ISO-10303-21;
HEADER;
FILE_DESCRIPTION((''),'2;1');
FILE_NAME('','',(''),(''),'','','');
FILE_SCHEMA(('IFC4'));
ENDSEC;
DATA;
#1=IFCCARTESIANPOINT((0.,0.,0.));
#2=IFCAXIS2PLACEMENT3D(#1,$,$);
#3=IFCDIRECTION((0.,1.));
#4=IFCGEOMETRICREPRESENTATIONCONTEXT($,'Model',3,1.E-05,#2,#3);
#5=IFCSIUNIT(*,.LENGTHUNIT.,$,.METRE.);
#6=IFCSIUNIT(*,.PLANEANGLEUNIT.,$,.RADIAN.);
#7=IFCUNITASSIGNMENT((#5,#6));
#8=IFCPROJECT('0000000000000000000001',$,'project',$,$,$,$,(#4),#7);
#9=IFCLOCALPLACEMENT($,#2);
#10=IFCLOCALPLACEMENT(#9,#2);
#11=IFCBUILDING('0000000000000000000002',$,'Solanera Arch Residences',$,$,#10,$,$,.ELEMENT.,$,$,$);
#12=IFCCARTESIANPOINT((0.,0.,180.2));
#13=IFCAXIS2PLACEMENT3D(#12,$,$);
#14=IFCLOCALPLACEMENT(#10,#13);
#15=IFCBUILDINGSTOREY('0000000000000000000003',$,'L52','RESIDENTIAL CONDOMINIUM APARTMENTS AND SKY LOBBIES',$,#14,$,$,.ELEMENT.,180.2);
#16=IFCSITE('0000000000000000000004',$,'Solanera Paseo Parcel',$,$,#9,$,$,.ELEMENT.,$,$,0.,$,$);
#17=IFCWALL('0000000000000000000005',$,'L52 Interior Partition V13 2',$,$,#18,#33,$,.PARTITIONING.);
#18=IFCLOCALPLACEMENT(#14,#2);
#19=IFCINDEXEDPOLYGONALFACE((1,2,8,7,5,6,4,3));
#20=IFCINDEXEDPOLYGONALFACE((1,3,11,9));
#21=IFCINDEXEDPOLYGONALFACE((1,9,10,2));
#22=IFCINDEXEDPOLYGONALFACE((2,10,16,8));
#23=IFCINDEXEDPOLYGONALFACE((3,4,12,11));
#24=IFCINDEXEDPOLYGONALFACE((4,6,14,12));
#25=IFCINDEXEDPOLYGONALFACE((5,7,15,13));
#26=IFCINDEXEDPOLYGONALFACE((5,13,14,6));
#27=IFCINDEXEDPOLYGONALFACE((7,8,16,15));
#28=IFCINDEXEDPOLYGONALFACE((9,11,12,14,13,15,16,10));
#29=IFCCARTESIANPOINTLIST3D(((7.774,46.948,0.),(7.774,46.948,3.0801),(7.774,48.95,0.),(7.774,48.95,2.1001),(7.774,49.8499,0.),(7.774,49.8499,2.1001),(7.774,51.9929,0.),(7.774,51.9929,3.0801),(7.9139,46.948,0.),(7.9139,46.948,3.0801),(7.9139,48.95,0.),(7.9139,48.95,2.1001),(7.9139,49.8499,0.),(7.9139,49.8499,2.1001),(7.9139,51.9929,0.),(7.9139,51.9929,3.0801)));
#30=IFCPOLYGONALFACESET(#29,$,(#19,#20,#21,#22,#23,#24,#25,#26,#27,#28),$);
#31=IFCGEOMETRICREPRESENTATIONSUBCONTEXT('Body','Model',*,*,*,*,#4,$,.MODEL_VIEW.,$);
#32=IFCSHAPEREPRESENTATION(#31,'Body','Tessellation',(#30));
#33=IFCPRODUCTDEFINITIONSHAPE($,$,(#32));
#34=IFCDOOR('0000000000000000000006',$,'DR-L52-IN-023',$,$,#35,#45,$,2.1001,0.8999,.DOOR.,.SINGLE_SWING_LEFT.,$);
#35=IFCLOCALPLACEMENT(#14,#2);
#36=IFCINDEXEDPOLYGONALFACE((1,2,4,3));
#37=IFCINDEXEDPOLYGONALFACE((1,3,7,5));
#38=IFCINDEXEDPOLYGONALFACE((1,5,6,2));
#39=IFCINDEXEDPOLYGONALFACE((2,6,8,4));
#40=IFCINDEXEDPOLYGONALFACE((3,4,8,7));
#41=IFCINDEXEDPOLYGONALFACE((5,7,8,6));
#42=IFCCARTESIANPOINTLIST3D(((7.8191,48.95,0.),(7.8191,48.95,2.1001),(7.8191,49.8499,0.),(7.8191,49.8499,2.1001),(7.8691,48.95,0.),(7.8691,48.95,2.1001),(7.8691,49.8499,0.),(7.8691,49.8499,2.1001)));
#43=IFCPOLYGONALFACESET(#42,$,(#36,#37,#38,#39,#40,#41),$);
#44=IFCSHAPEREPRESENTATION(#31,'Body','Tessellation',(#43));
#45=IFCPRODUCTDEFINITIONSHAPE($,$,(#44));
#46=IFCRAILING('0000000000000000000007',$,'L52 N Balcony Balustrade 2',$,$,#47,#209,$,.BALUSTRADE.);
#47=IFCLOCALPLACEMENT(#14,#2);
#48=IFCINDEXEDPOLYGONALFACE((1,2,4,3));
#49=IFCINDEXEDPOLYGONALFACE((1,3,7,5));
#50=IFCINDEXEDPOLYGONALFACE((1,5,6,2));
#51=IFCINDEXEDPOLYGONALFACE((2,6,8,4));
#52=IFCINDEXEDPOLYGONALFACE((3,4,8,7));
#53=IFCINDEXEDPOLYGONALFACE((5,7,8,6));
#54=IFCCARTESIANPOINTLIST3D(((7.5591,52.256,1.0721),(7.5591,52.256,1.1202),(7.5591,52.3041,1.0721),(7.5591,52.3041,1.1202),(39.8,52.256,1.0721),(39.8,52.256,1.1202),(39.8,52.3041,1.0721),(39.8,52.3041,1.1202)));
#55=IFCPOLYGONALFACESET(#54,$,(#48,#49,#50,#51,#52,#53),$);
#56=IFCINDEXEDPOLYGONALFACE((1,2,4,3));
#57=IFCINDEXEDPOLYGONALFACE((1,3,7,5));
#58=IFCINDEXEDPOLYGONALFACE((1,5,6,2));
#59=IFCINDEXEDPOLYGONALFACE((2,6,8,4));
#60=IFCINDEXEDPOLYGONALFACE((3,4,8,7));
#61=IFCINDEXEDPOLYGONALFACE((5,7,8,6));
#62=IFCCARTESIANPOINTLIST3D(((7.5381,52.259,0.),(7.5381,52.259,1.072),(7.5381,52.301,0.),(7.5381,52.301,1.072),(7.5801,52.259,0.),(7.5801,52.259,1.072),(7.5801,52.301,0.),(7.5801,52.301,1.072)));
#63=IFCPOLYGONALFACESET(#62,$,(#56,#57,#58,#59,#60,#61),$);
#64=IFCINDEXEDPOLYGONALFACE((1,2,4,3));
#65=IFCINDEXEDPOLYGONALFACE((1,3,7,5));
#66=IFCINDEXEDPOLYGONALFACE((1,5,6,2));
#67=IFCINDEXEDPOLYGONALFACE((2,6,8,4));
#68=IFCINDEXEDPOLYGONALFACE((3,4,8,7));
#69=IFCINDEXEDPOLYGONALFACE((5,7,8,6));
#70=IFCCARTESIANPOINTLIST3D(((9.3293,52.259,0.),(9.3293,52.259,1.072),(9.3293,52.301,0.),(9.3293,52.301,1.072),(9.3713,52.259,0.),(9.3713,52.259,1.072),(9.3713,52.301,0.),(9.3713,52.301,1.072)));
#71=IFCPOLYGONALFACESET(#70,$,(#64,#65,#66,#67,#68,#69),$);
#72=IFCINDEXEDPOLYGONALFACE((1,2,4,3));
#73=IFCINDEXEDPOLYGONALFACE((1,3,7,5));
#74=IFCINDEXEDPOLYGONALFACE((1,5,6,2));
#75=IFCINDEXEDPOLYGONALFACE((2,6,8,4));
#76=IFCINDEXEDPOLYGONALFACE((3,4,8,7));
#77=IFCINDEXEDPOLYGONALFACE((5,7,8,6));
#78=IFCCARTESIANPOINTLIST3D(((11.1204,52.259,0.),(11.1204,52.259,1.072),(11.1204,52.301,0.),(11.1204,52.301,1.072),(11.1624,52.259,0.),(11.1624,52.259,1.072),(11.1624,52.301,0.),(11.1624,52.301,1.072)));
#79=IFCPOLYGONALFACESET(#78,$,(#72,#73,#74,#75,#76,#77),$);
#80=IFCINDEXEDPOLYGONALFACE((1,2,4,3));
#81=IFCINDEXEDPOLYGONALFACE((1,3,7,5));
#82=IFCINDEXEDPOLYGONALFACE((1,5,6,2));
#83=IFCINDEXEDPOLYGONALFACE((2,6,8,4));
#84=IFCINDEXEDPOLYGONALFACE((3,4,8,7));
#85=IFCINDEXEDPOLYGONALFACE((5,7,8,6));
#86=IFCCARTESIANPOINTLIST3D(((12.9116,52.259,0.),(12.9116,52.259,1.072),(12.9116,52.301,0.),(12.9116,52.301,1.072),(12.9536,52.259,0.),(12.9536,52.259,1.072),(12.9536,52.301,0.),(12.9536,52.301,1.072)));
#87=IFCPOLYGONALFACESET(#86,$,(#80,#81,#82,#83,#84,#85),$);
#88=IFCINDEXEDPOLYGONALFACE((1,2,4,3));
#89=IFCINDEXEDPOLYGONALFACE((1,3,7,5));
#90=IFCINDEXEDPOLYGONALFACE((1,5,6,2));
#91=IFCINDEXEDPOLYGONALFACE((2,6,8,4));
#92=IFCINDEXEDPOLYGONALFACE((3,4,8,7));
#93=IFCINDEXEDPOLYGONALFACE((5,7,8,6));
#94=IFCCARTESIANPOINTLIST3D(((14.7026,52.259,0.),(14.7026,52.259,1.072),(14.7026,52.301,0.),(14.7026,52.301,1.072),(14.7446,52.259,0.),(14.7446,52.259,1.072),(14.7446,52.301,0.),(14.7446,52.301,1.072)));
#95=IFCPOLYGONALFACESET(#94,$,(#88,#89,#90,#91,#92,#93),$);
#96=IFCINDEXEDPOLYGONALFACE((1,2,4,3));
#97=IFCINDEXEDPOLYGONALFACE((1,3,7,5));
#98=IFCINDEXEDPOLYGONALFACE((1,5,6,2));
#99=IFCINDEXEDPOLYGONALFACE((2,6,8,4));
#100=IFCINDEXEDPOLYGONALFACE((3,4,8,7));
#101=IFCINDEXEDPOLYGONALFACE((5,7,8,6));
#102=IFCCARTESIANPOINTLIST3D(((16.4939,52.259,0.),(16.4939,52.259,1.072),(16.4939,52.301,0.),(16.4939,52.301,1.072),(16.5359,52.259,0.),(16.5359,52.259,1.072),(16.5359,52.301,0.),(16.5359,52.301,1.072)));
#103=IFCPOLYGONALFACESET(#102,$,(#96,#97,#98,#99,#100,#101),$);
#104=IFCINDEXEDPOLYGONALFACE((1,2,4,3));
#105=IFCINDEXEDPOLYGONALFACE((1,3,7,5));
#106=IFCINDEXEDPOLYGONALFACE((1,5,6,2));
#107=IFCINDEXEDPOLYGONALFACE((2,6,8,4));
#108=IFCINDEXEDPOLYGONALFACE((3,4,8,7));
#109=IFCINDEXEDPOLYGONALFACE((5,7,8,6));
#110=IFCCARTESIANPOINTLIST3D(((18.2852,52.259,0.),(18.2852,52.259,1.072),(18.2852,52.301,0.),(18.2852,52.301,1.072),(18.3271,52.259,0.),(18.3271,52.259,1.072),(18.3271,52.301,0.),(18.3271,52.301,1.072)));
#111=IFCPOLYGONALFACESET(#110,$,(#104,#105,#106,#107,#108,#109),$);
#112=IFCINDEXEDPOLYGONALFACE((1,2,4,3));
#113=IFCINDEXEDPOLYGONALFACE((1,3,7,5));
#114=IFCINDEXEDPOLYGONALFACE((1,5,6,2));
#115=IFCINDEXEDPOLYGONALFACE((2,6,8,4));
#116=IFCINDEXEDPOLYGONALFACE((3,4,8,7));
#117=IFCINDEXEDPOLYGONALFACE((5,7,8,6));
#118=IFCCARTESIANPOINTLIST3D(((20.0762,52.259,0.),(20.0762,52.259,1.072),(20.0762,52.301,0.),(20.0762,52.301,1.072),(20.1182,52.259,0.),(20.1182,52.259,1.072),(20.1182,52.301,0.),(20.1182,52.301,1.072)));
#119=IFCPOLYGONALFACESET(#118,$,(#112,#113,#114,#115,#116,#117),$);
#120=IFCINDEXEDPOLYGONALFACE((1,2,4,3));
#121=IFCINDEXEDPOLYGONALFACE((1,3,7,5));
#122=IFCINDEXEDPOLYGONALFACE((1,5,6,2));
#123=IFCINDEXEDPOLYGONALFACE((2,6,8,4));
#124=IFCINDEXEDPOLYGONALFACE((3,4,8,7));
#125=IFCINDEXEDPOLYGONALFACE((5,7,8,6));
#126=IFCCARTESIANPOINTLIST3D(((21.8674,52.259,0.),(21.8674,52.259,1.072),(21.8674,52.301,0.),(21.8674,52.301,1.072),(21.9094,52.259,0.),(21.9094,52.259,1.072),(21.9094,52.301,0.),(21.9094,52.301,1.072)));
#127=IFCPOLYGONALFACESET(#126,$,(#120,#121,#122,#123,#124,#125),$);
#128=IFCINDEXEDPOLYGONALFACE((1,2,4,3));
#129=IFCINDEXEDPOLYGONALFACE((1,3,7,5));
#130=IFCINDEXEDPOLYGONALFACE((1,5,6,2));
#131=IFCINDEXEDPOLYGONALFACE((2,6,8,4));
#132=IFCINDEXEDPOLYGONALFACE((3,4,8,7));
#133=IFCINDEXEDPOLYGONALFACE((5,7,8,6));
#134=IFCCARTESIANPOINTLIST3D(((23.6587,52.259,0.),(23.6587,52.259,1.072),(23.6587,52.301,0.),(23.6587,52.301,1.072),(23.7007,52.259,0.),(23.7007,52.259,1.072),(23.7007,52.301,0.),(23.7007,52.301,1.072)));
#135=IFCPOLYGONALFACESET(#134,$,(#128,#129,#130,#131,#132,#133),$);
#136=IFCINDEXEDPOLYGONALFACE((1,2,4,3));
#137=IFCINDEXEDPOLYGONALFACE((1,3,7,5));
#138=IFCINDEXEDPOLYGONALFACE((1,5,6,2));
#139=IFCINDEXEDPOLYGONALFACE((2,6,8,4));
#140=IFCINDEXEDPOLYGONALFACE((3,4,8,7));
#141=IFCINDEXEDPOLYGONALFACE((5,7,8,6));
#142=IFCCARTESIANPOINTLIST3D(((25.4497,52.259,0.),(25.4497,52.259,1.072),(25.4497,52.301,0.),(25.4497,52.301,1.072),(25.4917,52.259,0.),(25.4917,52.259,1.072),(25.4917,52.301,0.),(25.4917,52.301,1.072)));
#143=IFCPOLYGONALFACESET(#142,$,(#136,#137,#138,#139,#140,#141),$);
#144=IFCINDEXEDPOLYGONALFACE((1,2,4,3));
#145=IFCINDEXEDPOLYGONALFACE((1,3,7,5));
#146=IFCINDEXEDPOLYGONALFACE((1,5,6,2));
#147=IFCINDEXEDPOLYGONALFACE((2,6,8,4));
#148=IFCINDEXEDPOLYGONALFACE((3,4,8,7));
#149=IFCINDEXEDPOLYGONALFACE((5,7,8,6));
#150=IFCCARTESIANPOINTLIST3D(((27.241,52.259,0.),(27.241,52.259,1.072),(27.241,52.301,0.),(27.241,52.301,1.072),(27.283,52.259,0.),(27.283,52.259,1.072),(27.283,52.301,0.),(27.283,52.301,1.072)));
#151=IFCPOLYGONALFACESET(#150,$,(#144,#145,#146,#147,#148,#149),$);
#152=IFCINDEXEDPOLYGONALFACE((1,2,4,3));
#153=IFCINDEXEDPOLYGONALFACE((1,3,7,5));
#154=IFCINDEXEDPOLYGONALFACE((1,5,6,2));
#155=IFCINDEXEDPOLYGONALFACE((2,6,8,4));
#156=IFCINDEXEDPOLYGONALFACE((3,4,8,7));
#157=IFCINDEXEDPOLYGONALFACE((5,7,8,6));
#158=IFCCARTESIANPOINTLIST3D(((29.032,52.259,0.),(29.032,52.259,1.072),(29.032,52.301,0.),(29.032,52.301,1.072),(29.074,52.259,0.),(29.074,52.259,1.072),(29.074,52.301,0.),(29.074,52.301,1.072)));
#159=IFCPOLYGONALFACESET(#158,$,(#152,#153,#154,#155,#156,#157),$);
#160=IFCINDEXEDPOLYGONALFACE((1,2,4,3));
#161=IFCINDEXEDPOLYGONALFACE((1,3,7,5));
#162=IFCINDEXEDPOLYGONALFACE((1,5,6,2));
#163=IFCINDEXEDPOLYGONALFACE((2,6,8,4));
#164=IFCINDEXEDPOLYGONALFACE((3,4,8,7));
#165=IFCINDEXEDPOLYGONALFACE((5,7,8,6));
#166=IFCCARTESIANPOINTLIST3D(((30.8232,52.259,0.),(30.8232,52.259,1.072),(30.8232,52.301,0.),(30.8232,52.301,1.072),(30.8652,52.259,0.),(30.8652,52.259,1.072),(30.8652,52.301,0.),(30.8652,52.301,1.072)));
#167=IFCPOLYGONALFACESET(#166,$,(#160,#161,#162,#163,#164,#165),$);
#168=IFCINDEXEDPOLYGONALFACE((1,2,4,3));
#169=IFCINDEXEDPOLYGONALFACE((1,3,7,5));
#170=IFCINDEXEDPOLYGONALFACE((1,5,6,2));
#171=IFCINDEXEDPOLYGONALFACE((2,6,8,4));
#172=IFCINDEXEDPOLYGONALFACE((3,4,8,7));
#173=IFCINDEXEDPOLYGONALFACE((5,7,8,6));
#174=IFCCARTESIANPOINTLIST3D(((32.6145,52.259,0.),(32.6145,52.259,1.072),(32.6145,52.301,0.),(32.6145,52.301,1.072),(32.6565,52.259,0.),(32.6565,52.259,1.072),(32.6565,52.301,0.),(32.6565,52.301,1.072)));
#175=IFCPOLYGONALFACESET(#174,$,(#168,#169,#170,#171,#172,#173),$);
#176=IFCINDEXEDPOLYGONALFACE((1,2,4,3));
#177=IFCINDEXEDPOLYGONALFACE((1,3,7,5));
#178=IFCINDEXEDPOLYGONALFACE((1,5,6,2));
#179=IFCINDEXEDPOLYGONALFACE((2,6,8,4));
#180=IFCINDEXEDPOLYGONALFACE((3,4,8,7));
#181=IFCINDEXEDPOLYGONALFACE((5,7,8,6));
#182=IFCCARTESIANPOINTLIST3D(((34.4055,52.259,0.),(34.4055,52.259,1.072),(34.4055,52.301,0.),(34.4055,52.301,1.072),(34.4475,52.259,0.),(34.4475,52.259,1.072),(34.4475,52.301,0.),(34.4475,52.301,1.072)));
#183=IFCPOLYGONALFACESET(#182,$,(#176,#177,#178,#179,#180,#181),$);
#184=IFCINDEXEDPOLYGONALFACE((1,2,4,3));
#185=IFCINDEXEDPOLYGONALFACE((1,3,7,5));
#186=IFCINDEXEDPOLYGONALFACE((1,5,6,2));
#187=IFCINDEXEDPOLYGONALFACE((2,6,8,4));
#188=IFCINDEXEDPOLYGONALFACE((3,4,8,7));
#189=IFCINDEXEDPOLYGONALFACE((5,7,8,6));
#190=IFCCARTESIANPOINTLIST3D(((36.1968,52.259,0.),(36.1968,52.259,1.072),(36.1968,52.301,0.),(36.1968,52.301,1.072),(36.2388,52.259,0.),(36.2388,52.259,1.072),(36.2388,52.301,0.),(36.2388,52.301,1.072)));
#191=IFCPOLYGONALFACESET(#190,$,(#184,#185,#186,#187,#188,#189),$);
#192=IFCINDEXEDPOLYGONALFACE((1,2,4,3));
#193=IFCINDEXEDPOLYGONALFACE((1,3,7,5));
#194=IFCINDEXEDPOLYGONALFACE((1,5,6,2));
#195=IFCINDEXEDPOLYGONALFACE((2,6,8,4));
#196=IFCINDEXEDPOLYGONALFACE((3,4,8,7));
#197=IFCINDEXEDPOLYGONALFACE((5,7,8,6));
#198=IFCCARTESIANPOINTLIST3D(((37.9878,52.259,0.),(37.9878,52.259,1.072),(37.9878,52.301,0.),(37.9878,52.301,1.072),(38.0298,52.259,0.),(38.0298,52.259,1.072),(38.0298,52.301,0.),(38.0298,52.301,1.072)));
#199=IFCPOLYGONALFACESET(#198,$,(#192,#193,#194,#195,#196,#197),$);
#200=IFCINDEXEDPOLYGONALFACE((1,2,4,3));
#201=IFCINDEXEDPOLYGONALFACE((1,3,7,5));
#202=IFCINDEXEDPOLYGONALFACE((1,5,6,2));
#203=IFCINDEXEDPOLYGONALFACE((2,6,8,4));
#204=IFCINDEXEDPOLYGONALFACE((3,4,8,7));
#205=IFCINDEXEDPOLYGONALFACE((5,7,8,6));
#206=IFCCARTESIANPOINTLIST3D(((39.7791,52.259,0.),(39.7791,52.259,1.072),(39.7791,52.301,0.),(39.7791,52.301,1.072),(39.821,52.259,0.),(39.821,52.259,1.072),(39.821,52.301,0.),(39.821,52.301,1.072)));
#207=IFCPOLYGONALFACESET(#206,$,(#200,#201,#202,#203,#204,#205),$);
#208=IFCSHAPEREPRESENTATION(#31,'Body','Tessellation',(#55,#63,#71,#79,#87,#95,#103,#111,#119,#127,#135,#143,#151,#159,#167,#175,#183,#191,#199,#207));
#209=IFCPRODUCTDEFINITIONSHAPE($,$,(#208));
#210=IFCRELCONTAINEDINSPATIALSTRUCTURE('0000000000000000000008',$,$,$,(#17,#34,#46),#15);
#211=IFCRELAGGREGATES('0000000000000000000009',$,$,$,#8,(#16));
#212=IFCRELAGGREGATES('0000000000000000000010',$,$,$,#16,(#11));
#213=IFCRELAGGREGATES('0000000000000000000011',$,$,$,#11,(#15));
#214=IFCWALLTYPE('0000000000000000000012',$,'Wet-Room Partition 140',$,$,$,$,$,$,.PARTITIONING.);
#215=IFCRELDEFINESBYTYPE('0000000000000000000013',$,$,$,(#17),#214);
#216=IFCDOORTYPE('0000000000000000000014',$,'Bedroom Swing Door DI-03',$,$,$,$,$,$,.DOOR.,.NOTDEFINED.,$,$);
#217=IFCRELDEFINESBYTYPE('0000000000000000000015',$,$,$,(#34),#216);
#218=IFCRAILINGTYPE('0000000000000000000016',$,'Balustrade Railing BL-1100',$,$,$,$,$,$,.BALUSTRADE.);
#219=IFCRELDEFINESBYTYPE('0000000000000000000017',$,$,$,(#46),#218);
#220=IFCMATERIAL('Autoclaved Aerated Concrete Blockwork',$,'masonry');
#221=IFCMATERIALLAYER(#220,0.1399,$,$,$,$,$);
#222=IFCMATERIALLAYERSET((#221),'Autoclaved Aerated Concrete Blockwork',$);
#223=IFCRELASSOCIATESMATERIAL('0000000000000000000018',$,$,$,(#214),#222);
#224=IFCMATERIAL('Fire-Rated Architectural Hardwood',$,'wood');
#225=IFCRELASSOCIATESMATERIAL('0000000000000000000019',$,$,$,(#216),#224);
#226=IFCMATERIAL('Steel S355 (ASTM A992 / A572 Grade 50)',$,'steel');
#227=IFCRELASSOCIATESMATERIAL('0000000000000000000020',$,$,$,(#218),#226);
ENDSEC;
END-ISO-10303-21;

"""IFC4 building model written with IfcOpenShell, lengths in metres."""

from ifc_helpers import new_model, si_unit, direction, frame, frame_2d, origin, origin_2d, place, context, subcontext, project, spatial, rectangle, extrude, material, layer, layer_set, type_object, element, fill, save


model = new_model("IFC4")

# Units and contexts
model_context = context("Model", 3, precision=1e-05, world=origin(), true_north=direction((0.0, 1.0)))
body_context = subcontext(model_context, "Body", "Model", "MODEL_VIEW")
ifc_project = project(units=[si_unit("LENGTHUNIT", "METRE"), si_unit("PLANEANGLEUNIT", "RADIAN")], contexts=[model_context])

# Site, building, storey
site_placement = place(None, origin())
site = spatial("IfcSite", under=ifc_project, at=site_placement, Name="Solanera Paseo Parcel", CompositionType="ELEMENT", RefElevation=0.0)
building_placement = place(site_placement, origin())
building = spatial("IfcBuilding", under=site, at=building_placement, Name="Solanera Arch Residences", CompositionType="ELEMENT")
storey_placement = place(building_placement, frame((0.0, 0.0, 180.2)))
storey = spatial("IfcBuildingStorey", under=building, at=storey_placement, Name="L52", Description="RESIDENTIAL CONDOMINIUM APARTMENTS AND SKY LOBBIES", CompositionType="ELEMENT", Elevation=180.2)

# Wall, opening, door
ifc_material_1 = material(Name="Autoclaved Aerated Concrete Blockwork", Category="masonry")
ifc_layer_1 = layer(ifc_material_1, 0.1399)
ifc_layer_set_1 = layer_set([ifc_layer_1], Name="Autoclaved Aerated Concrete Blockwork")
wall_type_1 = type_object("IfcWallType", Name="Wet-Room Partition 140", PredefinedType="PARTITIONING", material=ifc_layer_set_1)
wall_1_placement = place(storey_placement, frame((7.844, 46.948, 0.0), z_axis=(0.0, 0.0, 1.0), x_axis=(0.0, 1.0, 0.0)))
wall_1 = element("IfcWall", 1, at=wall_1_placement, inside=storey, type_object=wall_type_1, Name="L52 Interior Partition V13 2", PredefinedType="PARTITIONING", context=body_context, shape_type="SweptSolid", body=[
    extrude(rectangle(XDim=5.0449, YDim=0.1399, at=frame_2d((2.5225, 0.0))), origin(), (0.0, 0.0, 1.0), 3.0801),
])
opening_1_placement = place(wall_1_placement, frame((2.002, 0.0, 0.0)))
opening_1 = element("IfcOpeningElement", 2, at=opening_1_placement, cuts=wall_1, PredefinedType="OPENING", context=body_context, shape_type="SweptSolid", body=[
    extrude(rectangle(XDim=0.8999, YDim=2.1001, at=frame_2d((0.45, 1.05))), frame((0.0, 0.0798, 0.0), z_axis=(0.0, -1.0, 0.0), x_axis=(1.0, 0.0, 0.0)), (0.0, 0.0, 1.0), 0.1599),
])
ifc_material_2 = material(Name="Fire-Rated Architectural Hardwood", Category="wood")
door_type_1 = type_object("IfcDoorType", Name="Bedroom Swing Door DI-03", OperationType="NOTDEFINED", PredefinedType="DOOR", material=ifc_material_2)
door_1_placement = place(opening_1_placement, origin())
door_1 = element("IfcDoor", 3, at=door_1_placement, inside=storey, type_object=door_type_1, Name="DR-L52-IN-023", OperationType="SINGLE_SWING_LEFT", OverallHeight=2.1001, OverallWidth=0.8999, PredefinedType="DOOR", context=body_context, shape_type="SweptSolid", body=[
    extrude(rectangle(XDim=0.8999, YDim=2.1001, at=frame_2d((0.45, 1.05))), frame((0.0, 0.0249, 0.0), z_axis=(0.0, -1.0, 0.0), x_axis=(1.0, 0.0, 0.0)), (0.0, 0.0, 1.0), 0.05),
])
fill(opening_1, door_1)

# Railing
ifc_material_3 = material(Name="Steel S355 (ASTM A992 / A572 Grade 50)", Category="steel")
railing_type = type_object("IfcRailingType", Name="Balustrade Railing BL-1100", PredefinedType="BALUSTRADE", material=ifc_material_3)
railing_placement = place(storey_placement, frame((7.5591, 52.28, 0.0)))
element("IfcRailing", 4, at=railing_placement, inside=storey, type_object=railing_type, Name="L52 N Balcony Balustrade 2", PredefinedType="BALUSTRADE", context=body_context, shape_type="SweptSolid", body=[
    extrude(rectangle(XDim=0.0481, YDim=0.0481, at=origin_2d()), frame((0.0, 0.0, 1.0962), z_axis=(1.0, 0.0, 0.0), x_axis=(0.0, 1.0, 0.0)), (0.0, 0.0, 1.0), 32.241),
    extrude(rectangle(XDim=0.042, YDim=0.042, at=origin_2d()), origin(), (0.0, 0.0, 1.0), 1.072),
    extrude(rectangle(XDim=0.042, YDim=0.042, at=origin_2d()), frame((1.7913, 0.0, 0.0)), (0.0, 0.0, 1.0), 1.072),
    extrude(rectangle(XDim=0.042, YDim=0.042, at=origin_2d()), frame((3.5823, 0.0, 0.0)), (0.0, 0.0, 1.0), 1.072),
    extrude(rectangle(XDim=0.042, YDim=0.042, at=origin_2d()), frame((5.3735, 0.0, 0.0)), (0.0, 0.0, 1.0), 1.072),
    extrude(rectangle(XDim=0.042, YDim=0.042, at=origin_2d()), frame((7.1646, 0.0, 0.0)), (0.0, 0.0, 1.0), 1.072),
    extrude(rectangle(XDim=0.042, YDim=0.042, at=origin_2d()), frame((8.9558, 0.0, 0.0)), (0.0, 0.0, 1.0), 1.072),
    extrude(rectangle(XDim=0.042, YDim=0.042, at=origin_2d()), frame((10.7471, 0.0, 0.0)), (0.0, 0.0, 1.0), 1.072),
    extrude(rectangle(XDim=0.042, YDim=0.042, at=origin_2d()), frame((12.5381, 0.0, 0.0)), (0.0, 0.0, 1.0), 1.072),
    extrude(rectangle(XDim=0.042, YDim=0.042, at=origin_2d()), frame((14.3293, 0.0, 0.0)), (0.0, 0.0, 1.0), 1.072),
    extrude(rectangle(XDim=0.042, YDim=0.042, at=origin_2d()), frame((16.1206, 0.0, 0.0)), (0.0, 0.0, 1.0), 1.072),
    extrude(rectangle(XDim=0.042, YDim=0.042, at=origin_2d()), frame((17.9116, 0.0, 0.0)), (0.0, 0.0, 1.0), 1.072),
    extrude(rectangle(XDim=0.042, YDim=0.042, at=origin_2d()), frame((19.7029, 0.0, 0.0)), (0.0, 0.0, 1.0), 1.072),
    extrude(rectangle(XDim=0.042, YDim=0.042, at=origin_2d()), frame((21.4939, 0.0, 0.0)), (0.0, 0.0, 1.0), 1.072),
    extrude(rectangle(XDim=0.042, YDim=0.042, at=origin_2d()), frame((23.2852, 0.0, 0.0)), (0.0, 0.0, 1.0), 1.072),
    extrude(rectangle(XDim=0.042, YDim=0.042, at=origin_2d()), frame((25.0764, 0.0, 0.0)), (0.0, 0.0, 1.0), 1.072),
    extrude(rectangle(XDim=0.042, YDim=0.042, at=origin_2d()), frame((26.8674, 0.0, 0.0)), (0.0, 0.0, 1.0), 1.072),
    extrude(rectangle(XDim=0.042, YDim=0.042, at=origin_2d()), frame((28.6587, 0.0, 0.0)), (0.0, 0.0, 1.0), 1.072),
    extrude(rectangle(XDim=0.042, YDim=0.042, at=origin_2d()), frame((30.4497, 0.0, 0.0)), (0.0, 0.0, 1.0), 1.072),
    extrude(rectangle(XDim=0.042, YDim=0.042, at=origin_2d()), frame((32.241, 0.0, 0.0)), (0.0, 0.0, 1.0), 1.072),
])

save(model, "model.ifc")
